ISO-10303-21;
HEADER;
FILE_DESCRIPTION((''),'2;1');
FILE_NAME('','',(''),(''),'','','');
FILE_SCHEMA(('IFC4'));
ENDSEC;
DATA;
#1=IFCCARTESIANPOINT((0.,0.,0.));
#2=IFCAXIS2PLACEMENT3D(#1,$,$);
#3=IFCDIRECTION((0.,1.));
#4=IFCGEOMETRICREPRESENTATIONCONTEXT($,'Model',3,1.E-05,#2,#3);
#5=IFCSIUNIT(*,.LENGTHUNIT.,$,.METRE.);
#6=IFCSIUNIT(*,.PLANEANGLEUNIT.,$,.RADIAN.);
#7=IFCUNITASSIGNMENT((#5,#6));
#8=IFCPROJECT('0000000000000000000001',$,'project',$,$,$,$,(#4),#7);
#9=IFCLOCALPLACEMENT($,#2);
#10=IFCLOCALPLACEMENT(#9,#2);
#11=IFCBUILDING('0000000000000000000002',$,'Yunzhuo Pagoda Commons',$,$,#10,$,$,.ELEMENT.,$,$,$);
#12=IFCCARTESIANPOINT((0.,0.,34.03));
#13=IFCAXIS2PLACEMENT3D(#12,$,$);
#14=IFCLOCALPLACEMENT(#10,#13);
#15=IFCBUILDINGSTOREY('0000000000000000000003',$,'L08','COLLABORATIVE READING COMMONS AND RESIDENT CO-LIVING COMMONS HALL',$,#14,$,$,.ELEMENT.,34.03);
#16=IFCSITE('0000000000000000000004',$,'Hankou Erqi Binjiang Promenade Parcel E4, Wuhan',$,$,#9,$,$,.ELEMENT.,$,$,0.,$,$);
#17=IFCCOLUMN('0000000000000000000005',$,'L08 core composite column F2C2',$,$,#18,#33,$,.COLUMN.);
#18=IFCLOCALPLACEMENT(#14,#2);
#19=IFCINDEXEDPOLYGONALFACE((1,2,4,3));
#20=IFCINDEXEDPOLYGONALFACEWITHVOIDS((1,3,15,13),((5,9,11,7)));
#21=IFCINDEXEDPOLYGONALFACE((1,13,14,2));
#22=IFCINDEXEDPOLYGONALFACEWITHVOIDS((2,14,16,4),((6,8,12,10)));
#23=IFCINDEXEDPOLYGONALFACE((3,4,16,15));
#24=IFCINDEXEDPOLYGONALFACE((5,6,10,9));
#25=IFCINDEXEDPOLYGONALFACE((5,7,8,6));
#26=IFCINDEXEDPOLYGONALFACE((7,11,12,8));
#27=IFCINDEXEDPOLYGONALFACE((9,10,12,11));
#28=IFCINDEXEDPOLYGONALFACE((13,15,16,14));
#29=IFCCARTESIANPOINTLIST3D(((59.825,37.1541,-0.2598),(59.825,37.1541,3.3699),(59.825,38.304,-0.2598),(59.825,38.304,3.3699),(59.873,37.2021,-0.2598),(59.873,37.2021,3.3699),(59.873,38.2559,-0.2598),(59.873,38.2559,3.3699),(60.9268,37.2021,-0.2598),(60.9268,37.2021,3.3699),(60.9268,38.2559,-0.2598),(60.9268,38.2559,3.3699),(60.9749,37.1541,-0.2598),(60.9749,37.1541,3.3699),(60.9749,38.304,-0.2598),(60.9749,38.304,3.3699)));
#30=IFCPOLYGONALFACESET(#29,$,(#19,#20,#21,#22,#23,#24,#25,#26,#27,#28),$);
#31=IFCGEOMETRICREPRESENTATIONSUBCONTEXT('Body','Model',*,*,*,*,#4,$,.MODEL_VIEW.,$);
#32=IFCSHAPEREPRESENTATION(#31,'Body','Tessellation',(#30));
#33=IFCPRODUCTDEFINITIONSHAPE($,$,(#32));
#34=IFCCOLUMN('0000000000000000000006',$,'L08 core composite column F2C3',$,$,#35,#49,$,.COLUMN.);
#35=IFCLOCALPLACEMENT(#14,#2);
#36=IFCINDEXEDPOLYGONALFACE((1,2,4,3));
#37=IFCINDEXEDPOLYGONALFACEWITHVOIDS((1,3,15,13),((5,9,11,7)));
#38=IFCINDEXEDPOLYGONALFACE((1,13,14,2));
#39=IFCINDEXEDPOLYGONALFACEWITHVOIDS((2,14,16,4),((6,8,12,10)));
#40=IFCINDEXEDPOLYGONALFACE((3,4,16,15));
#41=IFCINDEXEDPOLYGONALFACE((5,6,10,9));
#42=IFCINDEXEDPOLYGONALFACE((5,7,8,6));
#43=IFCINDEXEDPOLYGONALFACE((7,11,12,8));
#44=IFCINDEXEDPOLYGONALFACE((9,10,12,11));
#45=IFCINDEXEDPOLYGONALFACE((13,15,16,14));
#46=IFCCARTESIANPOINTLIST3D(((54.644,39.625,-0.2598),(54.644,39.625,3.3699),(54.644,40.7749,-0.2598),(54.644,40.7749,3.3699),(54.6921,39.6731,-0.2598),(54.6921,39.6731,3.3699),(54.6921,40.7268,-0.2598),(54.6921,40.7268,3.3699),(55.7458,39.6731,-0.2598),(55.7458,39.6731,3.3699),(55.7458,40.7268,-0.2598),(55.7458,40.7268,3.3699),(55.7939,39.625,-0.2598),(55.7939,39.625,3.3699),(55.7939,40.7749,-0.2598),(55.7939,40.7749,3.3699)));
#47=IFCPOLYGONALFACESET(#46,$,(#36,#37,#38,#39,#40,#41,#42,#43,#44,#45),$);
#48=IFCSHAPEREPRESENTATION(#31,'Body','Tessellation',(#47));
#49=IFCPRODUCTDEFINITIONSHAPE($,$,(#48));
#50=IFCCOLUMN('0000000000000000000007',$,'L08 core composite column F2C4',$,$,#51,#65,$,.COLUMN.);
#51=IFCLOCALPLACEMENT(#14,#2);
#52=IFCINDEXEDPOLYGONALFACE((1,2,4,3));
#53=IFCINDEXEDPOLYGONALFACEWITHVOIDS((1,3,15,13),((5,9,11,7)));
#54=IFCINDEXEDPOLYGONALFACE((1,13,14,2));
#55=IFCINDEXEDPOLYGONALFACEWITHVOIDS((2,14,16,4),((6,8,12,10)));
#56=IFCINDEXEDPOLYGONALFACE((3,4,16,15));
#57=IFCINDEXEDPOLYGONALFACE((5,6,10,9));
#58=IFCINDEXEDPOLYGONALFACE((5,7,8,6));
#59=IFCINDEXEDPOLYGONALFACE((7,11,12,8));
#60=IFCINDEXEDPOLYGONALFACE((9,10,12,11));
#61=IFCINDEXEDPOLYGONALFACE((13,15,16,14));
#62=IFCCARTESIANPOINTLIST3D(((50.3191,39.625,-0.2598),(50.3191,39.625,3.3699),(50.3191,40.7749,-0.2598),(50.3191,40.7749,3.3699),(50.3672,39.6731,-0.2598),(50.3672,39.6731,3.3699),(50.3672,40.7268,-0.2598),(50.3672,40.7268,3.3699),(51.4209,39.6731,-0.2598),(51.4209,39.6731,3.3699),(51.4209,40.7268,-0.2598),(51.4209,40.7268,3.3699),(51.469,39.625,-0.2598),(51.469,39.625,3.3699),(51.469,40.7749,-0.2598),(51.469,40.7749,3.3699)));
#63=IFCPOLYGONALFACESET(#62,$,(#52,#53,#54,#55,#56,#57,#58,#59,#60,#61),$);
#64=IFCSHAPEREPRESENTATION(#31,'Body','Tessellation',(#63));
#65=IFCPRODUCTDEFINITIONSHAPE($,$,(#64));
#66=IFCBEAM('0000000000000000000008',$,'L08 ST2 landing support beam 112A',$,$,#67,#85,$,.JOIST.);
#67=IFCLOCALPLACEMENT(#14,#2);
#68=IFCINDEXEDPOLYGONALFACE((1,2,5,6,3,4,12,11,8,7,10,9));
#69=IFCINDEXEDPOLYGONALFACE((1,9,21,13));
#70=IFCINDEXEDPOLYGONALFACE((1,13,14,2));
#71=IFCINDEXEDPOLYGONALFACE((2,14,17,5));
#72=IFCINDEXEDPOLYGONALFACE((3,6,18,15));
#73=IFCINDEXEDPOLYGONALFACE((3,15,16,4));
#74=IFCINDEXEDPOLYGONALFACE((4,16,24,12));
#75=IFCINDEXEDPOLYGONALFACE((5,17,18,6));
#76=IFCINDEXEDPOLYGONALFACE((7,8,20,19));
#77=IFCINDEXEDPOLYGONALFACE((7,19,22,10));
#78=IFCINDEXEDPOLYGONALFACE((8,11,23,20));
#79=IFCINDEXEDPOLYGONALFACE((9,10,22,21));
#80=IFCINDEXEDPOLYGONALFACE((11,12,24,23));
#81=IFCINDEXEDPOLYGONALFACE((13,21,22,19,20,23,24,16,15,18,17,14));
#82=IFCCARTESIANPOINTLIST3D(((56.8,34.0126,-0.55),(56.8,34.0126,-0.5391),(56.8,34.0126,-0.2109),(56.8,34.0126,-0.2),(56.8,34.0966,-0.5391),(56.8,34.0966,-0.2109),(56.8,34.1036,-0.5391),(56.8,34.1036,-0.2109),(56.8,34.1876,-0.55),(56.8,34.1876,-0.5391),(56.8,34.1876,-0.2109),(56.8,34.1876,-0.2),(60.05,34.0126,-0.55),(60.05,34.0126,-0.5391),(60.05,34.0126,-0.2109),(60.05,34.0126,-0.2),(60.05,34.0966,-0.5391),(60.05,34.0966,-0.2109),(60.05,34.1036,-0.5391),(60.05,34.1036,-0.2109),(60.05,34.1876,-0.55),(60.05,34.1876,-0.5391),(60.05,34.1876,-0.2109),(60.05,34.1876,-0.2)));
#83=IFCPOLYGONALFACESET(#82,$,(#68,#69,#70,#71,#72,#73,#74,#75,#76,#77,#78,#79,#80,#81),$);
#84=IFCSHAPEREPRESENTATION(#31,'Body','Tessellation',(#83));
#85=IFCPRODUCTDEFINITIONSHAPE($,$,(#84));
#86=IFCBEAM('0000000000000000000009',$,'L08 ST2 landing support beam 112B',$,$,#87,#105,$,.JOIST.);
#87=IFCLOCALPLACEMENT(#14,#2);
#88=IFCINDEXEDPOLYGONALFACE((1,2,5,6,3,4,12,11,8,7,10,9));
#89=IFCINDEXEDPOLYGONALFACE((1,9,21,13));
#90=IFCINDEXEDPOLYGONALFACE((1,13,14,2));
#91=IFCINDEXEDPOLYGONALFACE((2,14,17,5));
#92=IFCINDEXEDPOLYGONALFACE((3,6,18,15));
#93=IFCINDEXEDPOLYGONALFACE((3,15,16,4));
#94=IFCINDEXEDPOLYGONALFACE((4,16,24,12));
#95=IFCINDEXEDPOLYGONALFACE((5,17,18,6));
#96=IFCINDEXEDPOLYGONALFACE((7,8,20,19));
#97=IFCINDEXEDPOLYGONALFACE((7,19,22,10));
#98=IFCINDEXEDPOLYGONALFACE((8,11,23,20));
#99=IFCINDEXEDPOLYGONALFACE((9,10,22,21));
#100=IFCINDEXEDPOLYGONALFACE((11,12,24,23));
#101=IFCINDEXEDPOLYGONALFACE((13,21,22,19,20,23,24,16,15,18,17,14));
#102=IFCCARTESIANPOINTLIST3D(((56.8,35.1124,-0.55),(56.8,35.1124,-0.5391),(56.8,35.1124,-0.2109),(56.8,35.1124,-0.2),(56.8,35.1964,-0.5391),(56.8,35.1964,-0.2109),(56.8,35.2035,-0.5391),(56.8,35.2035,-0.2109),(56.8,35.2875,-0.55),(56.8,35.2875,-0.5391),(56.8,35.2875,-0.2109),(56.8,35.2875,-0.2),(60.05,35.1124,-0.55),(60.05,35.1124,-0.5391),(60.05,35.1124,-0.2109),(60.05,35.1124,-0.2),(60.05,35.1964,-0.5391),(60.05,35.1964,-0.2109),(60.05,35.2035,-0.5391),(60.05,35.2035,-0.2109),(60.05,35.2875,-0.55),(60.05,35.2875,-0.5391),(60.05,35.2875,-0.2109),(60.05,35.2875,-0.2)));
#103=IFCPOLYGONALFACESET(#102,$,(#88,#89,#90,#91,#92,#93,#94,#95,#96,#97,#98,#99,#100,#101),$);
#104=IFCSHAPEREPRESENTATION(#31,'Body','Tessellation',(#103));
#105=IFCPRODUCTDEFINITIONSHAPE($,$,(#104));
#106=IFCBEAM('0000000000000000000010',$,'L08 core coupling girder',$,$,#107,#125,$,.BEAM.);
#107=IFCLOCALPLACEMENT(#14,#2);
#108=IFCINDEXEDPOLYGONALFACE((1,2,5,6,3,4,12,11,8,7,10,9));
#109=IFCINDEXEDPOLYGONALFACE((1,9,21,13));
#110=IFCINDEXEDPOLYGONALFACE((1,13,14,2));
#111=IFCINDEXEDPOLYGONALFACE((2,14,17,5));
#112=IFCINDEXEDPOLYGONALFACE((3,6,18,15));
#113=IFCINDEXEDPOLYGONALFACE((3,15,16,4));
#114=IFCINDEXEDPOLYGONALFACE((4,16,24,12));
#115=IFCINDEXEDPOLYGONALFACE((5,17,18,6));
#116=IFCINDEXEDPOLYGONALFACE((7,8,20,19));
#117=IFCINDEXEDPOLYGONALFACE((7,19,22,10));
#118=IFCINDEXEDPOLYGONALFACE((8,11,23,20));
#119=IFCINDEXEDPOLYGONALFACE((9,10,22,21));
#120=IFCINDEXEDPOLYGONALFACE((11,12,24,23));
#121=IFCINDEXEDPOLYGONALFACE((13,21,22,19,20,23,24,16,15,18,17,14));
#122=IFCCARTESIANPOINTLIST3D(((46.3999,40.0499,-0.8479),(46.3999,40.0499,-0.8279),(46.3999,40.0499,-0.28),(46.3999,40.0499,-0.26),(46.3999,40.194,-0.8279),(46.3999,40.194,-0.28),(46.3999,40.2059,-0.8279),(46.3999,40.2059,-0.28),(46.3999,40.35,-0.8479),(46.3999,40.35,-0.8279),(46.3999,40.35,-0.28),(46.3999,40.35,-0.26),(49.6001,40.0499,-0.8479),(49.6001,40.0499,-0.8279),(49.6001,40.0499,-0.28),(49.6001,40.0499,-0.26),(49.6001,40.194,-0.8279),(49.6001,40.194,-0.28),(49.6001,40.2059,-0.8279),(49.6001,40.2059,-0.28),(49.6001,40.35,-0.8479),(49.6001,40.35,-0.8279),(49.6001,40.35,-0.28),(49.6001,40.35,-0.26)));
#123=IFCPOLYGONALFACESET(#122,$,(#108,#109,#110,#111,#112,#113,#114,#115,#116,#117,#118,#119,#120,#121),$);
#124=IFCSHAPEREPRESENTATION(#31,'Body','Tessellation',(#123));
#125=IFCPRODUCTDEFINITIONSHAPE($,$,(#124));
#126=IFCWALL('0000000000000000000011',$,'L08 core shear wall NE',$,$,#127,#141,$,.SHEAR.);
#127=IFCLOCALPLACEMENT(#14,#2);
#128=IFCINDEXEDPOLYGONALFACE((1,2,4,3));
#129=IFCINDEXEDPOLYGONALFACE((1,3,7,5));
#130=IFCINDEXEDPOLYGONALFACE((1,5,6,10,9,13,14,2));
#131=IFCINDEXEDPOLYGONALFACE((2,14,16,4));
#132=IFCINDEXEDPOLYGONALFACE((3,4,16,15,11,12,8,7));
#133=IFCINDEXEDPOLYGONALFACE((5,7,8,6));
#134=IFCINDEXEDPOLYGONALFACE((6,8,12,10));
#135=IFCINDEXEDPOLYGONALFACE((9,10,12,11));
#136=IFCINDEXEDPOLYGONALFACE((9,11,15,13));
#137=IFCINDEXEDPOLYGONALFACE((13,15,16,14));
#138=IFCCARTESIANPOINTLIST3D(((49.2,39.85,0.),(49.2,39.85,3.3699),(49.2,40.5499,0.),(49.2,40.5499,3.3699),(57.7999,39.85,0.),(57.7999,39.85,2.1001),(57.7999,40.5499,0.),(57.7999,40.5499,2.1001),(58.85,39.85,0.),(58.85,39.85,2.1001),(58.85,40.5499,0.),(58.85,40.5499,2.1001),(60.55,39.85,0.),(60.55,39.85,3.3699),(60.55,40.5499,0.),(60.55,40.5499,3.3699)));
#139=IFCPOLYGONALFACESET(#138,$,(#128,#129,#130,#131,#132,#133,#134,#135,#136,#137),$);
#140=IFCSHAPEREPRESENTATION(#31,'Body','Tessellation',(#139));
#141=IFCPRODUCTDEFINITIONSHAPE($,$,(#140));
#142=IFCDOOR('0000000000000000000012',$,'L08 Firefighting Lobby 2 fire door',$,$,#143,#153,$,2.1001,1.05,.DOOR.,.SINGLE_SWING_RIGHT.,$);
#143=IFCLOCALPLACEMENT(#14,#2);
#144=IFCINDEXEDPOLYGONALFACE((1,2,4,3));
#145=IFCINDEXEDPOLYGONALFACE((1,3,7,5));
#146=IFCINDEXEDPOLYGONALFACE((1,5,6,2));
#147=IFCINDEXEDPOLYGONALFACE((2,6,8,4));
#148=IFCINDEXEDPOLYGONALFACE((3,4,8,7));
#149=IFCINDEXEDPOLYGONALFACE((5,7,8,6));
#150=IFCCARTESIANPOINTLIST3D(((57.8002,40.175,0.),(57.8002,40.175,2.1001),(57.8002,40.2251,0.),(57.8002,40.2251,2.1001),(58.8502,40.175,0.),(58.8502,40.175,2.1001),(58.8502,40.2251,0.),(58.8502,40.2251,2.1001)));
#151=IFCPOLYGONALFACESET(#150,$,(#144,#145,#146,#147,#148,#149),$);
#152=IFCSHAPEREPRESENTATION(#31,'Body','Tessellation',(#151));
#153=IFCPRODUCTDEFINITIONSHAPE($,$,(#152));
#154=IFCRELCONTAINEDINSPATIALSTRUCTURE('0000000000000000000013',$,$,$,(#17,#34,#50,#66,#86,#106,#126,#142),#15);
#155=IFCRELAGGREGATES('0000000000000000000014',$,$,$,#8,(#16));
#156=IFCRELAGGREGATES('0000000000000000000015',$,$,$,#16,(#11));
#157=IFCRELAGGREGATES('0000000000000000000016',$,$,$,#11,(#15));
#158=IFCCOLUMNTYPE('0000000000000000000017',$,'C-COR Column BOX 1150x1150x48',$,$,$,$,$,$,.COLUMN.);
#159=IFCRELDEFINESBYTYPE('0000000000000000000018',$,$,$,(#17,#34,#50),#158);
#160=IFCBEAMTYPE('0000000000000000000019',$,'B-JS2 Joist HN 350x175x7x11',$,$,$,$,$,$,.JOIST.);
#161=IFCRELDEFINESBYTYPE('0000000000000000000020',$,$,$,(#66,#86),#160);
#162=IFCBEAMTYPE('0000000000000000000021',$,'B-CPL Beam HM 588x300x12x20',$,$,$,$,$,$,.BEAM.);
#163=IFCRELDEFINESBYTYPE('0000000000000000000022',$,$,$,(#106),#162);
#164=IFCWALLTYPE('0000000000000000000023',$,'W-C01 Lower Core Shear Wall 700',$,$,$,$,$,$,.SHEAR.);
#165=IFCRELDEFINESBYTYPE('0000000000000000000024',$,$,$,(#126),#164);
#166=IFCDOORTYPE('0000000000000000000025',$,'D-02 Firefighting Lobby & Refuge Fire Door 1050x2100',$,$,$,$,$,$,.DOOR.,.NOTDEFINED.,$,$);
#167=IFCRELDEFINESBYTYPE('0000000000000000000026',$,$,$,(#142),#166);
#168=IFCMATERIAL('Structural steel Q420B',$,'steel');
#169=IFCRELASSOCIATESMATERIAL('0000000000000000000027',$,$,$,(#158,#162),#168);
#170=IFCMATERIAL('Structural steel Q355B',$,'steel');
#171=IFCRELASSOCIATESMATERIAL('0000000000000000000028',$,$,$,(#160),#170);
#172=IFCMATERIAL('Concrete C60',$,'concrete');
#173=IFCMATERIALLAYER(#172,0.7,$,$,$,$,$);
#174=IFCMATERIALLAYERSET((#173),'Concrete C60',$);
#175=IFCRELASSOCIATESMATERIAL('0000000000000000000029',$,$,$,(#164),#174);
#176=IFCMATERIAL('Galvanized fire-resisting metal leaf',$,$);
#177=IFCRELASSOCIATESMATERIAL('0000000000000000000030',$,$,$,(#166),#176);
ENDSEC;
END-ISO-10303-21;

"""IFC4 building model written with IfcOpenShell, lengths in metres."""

from ifc_helpers import new_model, si_unit, direction, frame, frame_2d, origin, origin_2d, place, context, subcontext, project, spatial, rectangle, hollow_rectangle, i_section, extrude, source, transform, mapped, material, layer, layer_set, material_profile, profile_set, type_object, element, fill, save


model = new_model("IFC4")

# Units and contexts
model_context = context("Model", 3, precision=1e-05, world=origin(), true_north=direction((0.0, 1.0)))
body_context = subcontext(model_context, "Body", "Model", "MODEL_VIEW")
ifc_project = project(units=[si_unit("LENGTHUNIT", "METRE"), si_unit("PLANEANGLEUNIT", "RADIAN")], contexts=[model_context])

# Site, building, storey
site_placement = place(None, origin())
site = spatial("IfcSite", under=ifc_project, at=site_placement, Name="Hankou Erqi Binjiang Promenade Parcel E4, Wuhan", CompositionType="ELEMENT", RefElevation=0.0)
building_placement = place(site_placement, origin())
building = spatial("IfcBuilding", under=site, at=building_placement, Name="Yunzhuo Pagoda Commons", CompositionType="ELEMENT")
storey_placement = place(building_placement, frame((0.0, 0.0, 34.03)))
storey = spatial("IfcBuildingStorey", under=building, at=storey_placement, Name="L08", Description="COLLABORATIVE READING COMMONS AND RESIDENT CO-LIVING COMMONS HALL", CompositionType="ELEMENT", Elevation=34.03)

# Columns
ifc_material_1 = material(Name="Structural steel Q420B", Category="steel")
ifc_material_profile_1 = material_profile(ifc_material_1, hollow_rectangle(XDim=1.1499, YDim=1.1499, WallThickness=0.0481, at=origin_2d()), Name="Structural steel Q420B")
ifc_profile_set_1 = profile_set([ifc_material_profile_1], Name="Structural steel Q420B")
column_type = type_object("IfcColumnType", Name="C-COR Column BOX 1150x1150x48", PredefinedType="COLUMN", material=ifc_profile_set_1)
shared_shape_1 = source(origin(), body_context, "Body", "SweptSolid", [
    extrude(hollow_rectangle(XDim=1.1499, YDim=1.1499, WallThickness=0.0481, at=origin_2d()), origin(), (0.0, 0.0, 1.0), 3.6296),
])
for number, where, z_axis, x_axis, name in (
    (1, (60.3999, 37.729, -0.2598), (0.0, 0.0, 1.0), (1.0, 0.0, 0.0), "L08 core composite column F2C2"),
    (2, (55.219, 40.2, -0.2598), (0.0, 0.0, 1.0), (1.0, 0.0, 0.0), "L08 core composite column F2C3"),
    (3, (50.894, 40.2, -0.2598), (0.0, 0.0, 1.0), (1.0, 0.0, 0.0), "L08 core composite column F2C4"),
):
    element("IfcColumn", number, at=place(storey_placement, frame(where, z_axis=z_axis, x_axis=x_axis)), inside=storey, type_object=column_type, Name=name, PredefinedType="COLUMN", context=body_context, shape_type="MappedRepresentation", body=[
        mapped(shared_shape_1, transform((0.0, 0.0, 0.0), scale=1.0)),
    ])

# Beams
ifc_material_2 = material(Name="Structural steel Q355B", Category="steel")
ifc_material_profile_2 = material_profile(ifc_material_2, i_section(OverallWidth=0.175, OverallDepth=0.3501, WebThickness=0.0071, FlangeThickness=0.011, at=origin_2d()), Name="Structural steel Q355B")
ifc_profile_set_2 = profile_set([ifc_material_profile_2], Name="Structural steel Q355B")
beam_type_1 = type_object("IfcBeamType", Name="B-JS2 Joist HN 350x175x7x11", PredefinedType="JOIST", material=ifc_profile_set_2)
shared_shape_2 = source(origin(), body_context, "Body", "SweptSolid", [
    extrude(i_section(OverallWidth=0.175, OverallDepth=0.3501, WebThickness=0.0071, FlangeThickness=0.011, at=origin_2d()), origin(), (0.0, 0.0, 1.0), 3.25),
])
for number, where, z_axis, x_axis, name in (
    (4, (56.8, 34.1001, -0.375), (1.0, 0.0, 0.0), (0.0, 1.0, 0.0), "L08 ST2 landing support beam 112A"),
    (5, (56.8, 35.2, -0.375), (1.0, 0.0, 0.0), (0.0, 1.0, 0.0), "L08 ST2 landing support beam 112B"),
):
    element("IfcBeam", number, at=place(storey_placement, frame(where, z_axis=z_axis, x_axis=x_axis)), inside=storey, type_object=beam_type_1, Name=name, PredefinedType="JOIST", context=body_context, shape_type="MappedRepresentation", body=[
        mapped(shared_shape_2, transform((0.0, 0.0, 0.0), scale=1.0)),
    ])
ifc_material_profile_3 = material_profile(ifc_material_1, i_section(OverallWidth=0.3, OverallDepth=0.5879, WebThickness=0.012, FlangeThickness=0.02, at=origin_2d()), Name="Structural steel Q420B")
ifc_profile_set_3 = profile_set([ifc_material_profile_3], Name="Structural steel Q420B")
beam_type_2 = type_object("IfcBeamType", Name="B-CPL Beam HM 588x300x12x20", PredefinedType="BEAM", material=ifc_profile_set_3)
shared_shape_3 = source(origin(), body_context, "Body", "SweptSolid", [
    extrude(i_section(OverallWidth=0.3, OverallDepth=0.5879, WebThickness=0.012, FlangeThickness=0.02, at=origin_2d()), origin(), (0.0, 0.0, 1.0), 3.2002),
])
beam_placement = place(storey_placement, frame((46.3999, 40.2, -0.554), z_axis=(1.0, 0.0, 0.0), x_axis=(0.0, 1.0, 0.0)))
element("IfcBeam", 6, at=beam_placement, inside=storey, type_object=beam_type_2, Name="L08 core coupling girder", PredefinedType="BEAM", context=body_context, shape_type="MappedRepresentation", body=[
    mapped(shared_shape_3, transform((0.0, 0.0, 0.0), scale=1.0)),
])

# Wall, opening, door
ifc_material_3 = material(Name="Concrete C60", Category="concrete")
ifc_layer_1 = layer(ifc_material_3, 0.7)
ifc_layer_set_1 = layer_set([ifc_layer_1], Name="Concrete C60")
wall_type_1 = type_object("IfcWallType", Name="W-C01 Lower Core Shear Wall 700", PredefinedType="SHEAR", material=ifc_layer_set_1)
wall_1_placement = place(storey_placement, frame((49.2, 40.2, 0.0), z_axis=(0.0, 0.0, 1.0), x_axis=(1.0, 0.0, 0.0)))
wall_1 = element("IfcWall", 7, at=wall_1_placement, inside=storey, type_object=wall_type_1, Name="L08 core shear wall NE", PredefinedType="SHEAR", context=body_context, shape_type="SweptSolid", body=[
    extrude(rectangle(XDim=11.3501, YDim=0.7, at=frame_2d((5.675, 0.0))), origin(), (0.0, 0.0, 1.0), 3.3699),
])
opening_1_placement = place(wall_1_placement, frame((8.6001, 0.0, 0.0)))
opening_1 = element("IfcOpeningElement", 8, at=opening_1_placement, cuts=wall_1, PredefinedType="OPENING", context=body_context, shape_type="SweptSolid", body=[
    extrude(rectangle(XDim=1.05, YDim=2.1001, at=frame_2d((0.5249, 1.05))), frame((0.0, 0.3599, 0.0), z_axis=(0.0, -1.0, 0.0), x_axis=(1.0, 0.0, 0.0)), (0.0, 0.0, 1.0), 0.72),
])
ifc_material_4 = material(Name="Galvanized fire-resisting metal leaf")
door_type_1 = type_object("IfcDoorType", Name="D-02 Firefighting Lobby & Refuge Fire Door 1050x2100", OperationType="NOTDEFINED", PredefinedType="DOOR", material=ifc_material_4)
shared_shape_4 = source(origin(), body_context, "Body", "SweptSolid", [
    extrude(rectangle(XDim=1.05, YDim=2.1001, at=frame_2d((0.5249, 1.05))), frame((0.0, 0.0249, 0.0), z_axis=(0.0, -1.0, 0.0), x_axis=(1.0, 0.0, 0.0)), (0.0, 0.0, 1.0), 0.05),
])
door_1_placement = place(opening_1_placement, frame((1.05, 0.0, 0.0), z_axis=(0.0, 0.0, 1.0), x_axis=(-1.0, 0.0, 0.0)))
door_1 = element("IfcDoor", 9, at=door_1_placement, inside=storey, type_object=door_type_1, Name="L08 Firefighting Lobby 2 fire door", OperationType="SINGLE_SWING_RIGHT", OverallHeight=2.1001, OverallWidth=1.05, PredefinedType="DOOR", context=body_context, shape_type="MappedRepresentation", body=[
    mapped(shared_shape_4, transform((0.0, 0.0, 0.0), scale=1.0)),
])
fill(opening_1, door_1)

save(model, "model.ifc")
